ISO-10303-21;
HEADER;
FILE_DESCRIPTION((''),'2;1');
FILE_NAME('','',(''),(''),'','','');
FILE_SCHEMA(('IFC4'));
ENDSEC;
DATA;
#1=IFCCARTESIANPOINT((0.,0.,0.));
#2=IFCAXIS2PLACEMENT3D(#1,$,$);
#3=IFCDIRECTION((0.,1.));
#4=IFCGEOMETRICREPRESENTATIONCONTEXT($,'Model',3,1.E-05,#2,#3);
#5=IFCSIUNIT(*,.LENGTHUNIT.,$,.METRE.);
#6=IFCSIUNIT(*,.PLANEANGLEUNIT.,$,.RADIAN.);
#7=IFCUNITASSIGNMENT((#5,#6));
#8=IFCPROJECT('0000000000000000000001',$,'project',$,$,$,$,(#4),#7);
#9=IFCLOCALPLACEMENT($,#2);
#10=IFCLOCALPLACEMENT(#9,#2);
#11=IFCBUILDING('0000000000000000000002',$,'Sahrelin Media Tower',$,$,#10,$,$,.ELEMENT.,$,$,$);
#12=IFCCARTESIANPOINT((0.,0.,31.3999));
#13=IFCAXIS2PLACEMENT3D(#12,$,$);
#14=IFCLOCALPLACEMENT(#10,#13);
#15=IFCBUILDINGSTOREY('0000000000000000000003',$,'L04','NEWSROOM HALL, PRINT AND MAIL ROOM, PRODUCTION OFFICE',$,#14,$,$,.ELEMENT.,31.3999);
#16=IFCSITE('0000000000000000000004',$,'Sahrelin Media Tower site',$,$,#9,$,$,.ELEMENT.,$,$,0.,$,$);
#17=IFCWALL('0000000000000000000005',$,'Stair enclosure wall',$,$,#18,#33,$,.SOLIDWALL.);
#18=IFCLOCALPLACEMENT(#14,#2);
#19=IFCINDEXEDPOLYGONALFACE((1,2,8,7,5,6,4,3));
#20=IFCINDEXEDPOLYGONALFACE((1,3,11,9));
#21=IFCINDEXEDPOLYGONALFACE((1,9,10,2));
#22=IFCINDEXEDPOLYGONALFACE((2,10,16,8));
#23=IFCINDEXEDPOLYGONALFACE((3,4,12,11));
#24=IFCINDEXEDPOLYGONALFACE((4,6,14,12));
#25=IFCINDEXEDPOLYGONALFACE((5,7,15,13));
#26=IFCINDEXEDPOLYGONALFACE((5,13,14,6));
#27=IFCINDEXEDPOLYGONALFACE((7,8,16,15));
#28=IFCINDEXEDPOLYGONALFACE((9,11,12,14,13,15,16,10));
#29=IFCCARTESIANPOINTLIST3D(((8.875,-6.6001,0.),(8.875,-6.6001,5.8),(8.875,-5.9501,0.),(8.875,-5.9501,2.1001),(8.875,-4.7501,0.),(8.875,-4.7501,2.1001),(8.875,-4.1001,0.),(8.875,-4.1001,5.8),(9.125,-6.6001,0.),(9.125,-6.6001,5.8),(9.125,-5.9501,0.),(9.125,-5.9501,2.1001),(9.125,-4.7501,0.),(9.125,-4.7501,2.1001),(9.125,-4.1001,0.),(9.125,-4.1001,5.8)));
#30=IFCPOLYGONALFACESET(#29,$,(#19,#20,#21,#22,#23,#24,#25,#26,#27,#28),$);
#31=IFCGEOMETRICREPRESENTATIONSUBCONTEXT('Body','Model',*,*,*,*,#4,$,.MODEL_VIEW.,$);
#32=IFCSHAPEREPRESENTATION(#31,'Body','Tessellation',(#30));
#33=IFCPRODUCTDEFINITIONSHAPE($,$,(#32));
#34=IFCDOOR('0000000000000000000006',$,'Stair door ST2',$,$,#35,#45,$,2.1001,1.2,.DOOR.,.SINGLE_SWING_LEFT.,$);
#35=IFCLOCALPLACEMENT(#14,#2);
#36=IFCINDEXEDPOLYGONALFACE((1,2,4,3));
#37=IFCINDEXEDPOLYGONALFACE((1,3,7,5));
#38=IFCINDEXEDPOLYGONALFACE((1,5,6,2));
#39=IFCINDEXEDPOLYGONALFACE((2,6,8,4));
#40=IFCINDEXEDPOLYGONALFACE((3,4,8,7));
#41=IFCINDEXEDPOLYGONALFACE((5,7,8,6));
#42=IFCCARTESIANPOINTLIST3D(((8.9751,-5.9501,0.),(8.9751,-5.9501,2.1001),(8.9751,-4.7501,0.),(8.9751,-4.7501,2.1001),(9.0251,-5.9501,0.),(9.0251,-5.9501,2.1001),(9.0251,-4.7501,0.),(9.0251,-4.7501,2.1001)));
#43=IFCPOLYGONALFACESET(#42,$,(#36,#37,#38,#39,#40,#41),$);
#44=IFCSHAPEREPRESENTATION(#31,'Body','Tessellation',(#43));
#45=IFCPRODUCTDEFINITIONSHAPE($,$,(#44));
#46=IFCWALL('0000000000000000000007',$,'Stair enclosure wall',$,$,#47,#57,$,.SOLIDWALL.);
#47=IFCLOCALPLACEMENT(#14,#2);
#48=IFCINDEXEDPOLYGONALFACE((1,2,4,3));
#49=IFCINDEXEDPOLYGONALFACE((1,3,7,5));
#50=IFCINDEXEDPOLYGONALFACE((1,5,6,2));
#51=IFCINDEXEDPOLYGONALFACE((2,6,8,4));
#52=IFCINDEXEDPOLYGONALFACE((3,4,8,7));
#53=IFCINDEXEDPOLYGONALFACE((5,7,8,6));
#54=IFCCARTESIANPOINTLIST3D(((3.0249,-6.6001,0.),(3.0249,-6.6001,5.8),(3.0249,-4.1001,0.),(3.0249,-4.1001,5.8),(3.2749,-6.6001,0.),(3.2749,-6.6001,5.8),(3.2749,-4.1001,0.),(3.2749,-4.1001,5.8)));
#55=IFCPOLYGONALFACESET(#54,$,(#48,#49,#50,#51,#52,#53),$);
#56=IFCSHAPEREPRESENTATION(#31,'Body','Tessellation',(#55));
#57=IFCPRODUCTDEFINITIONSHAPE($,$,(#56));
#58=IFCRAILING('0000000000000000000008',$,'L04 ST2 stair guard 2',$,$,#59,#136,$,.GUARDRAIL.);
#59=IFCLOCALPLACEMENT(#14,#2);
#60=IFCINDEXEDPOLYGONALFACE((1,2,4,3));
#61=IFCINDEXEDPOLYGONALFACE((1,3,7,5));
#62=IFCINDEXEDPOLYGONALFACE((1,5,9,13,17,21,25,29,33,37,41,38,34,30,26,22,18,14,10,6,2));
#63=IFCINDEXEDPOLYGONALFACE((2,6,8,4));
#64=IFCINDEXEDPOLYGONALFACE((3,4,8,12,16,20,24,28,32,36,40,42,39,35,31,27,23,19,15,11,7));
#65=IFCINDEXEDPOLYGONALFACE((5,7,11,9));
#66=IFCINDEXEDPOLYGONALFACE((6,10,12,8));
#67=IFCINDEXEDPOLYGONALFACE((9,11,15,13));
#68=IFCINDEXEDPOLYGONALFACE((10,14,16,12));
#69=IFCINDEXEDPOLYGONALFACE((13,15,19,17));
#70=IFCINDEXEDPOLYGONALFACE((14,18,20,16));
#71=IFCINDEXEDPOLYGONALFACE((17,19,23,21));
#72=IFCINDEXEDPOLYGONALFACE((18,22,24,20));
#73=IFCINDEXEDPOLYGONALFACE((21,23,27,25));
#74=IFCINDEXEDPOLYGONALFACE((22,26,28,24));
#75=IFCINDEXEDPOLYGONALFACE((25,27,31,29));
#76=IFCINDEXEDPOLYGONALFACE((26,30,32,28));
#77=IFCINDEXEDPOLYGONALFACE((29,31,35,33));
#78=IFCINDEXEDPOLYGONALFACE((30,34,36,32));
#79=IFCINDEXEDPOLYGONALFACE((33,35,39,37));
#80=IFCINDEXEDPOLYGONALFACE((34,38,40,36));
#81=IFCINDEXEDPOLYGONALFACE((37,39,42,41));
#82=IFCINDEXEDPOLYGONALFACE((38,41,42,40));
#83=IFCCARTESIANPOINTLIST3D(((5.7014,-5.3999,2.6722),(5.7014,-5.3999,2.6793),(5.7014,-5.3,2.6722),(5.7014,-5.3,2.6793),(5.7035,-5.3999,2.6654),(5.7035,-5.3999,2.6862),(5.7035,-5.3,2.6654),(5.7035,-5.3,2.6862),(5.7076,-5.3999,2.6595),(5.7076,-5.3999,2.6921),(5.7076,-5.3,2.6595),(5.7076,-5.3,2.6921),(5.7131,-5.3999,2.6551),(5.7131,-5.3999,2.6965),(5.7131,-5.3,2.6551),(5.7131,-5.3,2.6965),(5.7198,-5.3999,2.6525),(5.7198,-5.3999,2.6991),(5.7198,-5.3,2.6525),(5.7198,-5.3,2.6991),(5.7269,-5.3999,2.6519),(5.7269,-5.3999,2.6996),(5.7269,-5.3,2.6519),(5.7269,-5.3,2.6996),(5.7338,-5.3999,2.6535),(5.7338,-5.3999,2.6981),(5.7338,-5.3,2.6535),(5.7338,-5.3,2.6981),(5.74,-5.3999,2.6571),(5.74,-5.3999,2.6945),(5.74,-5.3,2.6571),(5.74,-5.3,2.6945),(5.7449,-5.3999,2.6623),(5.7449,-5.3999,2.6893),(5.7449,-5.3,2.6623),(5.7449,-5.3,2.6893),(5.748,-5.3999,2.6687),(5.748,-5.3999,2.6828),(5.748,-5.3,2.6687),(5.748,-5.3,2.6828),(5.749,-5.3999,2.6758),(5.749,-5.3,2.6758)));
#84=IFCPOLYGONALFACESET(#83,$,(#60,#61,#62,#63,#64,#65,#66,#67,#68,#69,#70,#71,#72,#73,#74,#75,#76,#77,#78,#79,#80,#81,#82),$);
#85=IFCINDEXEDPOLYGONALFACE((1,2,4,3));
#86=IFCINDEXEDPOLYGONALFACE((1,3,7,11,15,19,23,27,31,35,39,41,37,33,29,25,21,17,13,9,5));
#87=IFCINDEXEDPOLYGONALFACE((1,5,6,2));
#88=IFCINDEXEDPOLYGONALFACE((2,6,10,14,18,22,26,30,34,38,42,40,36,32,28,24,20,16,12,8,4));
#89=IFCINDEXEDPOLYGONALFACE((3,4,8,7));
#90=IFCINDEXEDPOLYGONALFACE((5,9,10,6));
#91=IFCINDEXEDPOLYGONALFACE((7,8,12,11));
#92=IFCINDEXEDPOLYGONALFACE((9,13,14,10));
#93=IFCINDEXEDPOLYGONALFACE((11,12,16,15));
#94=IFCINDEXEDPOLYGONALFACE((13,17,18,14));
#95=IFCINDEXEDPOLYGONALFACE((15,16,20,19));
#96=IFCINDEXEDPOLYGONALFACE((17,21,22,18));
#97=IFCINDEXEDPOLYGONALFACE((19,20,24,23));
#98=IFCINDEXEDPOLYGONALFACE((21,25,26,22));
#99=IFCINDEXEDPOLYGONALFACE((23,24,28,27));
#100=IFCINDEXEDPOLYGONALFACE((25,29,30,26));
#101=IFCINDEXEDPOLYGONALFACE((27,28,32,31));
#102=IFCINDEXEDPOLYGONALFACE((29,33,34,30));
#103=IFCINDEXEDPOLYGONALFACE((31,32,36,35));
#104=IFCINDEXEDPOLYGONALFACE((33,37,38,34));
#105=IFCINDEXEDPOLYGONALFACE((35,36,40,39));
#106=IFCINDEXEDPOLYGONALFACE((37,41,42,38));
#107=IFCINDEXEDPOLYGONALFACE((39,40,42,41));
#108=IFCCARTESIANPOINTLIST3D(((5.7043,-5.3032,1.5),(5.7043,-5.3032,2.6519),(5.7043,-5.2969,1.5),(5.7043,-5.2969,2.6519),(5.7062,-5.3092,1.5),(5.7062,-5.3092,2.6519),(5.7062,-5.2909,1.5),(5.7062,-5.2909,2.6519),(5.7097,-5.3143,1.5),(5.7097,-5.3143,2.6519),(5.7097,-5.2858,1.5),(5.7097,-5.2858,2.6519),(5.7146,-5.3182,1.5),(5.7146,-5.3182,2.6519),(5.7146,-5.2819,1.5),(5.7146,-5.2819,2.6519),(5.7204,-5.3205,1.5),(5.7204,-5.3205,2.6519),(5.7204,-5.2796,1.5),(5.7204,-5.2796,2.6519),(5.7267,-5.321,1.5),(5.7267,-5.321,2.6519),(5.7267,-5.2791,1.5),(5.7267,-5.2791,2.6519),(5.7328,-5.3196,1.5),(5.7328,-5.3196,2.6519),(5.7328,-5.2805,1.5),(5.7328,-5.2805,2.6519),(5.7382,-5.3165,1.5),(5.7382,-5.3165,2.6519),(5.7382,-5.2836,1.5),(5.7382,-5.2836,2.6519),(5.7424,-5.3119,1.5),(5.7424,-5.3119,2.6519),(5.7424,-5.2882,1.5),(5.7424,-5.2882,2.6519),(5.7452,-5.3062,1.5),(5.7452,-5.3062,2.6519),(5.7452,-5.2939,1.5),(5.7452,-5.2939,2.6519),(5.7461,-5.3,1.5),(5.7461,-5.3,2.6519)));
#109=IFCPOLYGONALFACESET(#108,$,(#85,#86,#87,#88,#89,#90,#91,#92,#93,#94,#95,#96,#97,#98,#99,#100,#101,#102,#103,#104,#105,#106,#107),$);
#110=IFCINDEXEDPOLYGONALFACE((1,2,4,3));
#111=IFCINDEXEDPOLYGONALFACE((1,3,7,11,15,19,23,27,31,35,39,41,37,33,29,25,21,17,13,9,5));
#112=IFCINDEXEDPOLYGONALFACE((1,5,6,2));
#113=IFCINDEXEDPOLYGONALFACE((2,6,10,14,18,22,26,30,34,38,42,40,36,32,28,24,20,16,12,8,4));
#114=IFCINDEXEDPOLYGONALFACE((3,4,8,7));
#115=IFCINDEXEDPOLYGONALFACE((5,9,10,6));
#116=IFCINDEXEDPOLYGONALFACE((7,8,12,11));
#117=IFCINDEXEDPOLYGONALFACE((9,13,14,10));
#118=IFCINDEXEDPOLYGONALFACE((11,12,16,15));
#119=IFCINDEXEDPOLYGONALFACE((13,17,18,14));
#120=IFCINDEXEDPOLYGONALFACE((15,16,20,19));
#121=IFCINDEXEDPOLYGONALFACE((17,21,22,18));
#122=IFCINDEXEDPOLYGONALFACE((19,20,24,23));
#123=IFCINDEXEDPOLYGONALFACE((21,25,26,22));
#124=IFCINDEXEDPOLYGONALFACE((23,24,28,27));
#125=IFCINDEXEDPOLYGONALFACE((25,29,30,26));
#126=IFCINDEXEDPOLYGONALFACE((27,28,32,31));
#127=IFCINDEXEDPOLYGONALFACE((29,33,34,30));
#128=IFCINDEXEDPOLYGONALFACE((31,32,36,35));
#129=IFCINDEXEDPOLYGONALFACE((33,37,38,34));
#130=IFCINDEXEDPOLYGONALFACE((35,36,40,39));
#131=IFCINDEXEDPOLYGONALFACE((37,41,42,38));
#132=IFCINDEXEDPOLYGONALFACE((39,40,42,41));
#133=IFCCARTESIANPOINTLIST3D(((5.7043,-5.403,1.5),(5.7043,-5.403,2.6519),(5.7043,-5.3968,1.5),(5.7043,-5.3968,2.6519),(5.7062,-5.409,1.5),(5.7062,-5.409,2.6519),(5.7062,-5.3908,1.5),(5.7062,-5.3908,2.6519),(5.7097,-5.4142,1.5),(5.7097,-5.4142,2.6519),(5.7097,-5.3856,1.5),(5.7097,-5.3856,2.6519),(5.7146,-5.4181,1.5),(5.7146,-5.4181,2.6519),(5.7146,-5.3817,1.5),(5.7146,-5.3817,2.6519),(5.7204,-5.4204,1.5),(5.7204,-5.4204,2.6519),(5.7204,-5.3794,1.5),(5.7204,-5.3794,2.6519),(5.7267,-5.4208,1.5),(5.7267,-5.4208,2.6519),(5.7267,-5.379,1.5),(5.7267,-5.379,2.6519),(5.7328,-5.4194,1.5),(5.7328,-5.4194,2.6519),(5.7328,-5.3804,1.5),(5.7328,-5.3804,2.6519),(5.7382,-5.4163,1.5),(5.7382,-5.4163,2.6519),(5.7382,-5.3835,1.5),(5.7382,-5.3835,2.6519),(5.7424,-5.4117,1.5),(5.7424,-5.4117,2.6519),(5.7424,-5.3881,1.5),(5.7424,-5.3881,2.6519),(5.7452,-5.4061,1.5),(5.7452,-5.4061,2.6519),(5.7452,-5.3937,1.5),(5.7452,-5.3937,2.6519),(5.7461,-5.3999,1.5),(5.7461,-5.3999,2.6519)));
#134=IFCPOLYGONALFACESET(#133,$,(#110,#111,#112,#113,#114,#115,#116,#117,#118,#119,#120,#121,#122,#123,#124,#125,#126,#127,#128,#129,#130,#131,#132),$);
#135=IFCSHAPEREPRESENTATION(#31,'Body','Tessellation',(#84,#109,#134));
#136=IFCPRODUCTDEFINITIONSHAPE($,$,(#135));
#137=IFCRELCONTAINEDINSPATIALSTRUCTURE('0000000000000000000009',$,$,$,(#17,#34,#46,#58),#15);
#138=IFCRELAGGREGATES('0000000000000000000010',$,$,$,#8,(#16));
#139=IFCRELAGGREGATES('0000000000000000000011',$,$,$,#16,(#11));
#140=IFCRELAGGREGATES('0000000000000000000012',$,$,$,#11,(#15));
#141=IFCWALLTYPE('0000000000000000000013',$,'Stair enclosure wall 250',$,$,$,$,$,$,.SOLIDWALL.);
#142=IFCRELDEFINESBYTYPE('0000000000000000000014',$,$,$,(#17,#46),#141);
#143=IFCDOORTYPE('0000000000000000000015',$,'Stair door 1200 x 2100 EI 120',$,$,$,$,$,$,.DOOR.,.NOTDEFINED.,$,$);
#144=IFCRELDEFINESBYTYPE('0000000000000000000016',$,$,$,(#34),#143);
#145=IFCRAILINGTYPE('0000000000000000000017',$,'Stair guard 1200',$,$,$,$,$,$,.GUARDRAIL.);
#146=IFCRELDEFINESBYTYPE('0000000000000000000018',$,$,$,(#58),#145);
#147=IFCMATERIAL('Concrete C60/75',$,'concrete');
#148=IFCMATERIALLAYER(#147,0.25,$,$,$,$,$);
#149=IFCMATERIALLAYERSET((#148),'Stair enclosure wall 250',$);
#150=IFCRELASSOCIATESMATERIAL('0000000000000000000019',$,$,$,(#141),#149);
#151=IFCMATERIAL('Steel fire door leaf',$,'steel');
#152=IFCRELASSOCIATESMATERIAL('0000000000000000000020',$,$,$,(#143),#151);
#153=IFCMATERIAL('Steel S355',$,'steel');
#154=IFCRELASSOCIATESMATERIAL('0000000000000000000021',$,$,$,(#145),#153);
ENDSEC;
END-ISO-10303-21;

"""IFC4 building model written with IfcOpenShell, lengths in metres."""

from ifc_helpers import new_model, si_unit, direction, frame, frame_2d, origin, origin_2d, place, context, subcontext, project, spatial, rectangle, circle, extrude, material, layer, layer_set, type_object, element, fill, save


model = new_model("IFC4")

# Units and contexts
model_context = context("Model", 3, precision=1e-05, world=origin(), true_north=direction((0.0, 1.0)))
body_context = subcontext(model_context, "Body", "Model", "MODEL_VIEW")
ifc_project = project(units=[si_unit("LENGTHUNIT", "METRE"), si_unit("PLANEANGLEUNIT", "RADIAN")], contexts=[model_context])

# Site, building, storey
site_placement = place(None, origin())
site = spatial("IfcSite", under=ifc_project, at=site_placement, Name="Sahrelin Media Tower site", CompositionType="ELEMENT", RefElevation=0.0)
building_placement = place(site_placement, origin())
building = spatial("IfcBuilding", under=site, at=building_placement, Name="Sahrelin Media Tower", CompositionType="ELEMENT")
storey_placement = place(building_placement, frame((0.0, 0.0, 31.3999)))
storey = spatial("IfcBuildingStorey", under=building, at=storey_placement, Name="L04", Description="NEWSROOM HALL, PRINT AND MAIL ROOM, PRODUCTION OFFICE", CompositionType="ELEMENT", Elevation=31.3999)

# Shared definitions
ifc_material_1 = material(Name="Steel S355", Category="steel")

# Shared definitions
ifc_material_2 = material(Name="Concrete C60/75", Category="concrete")

# Shared definitions
ifc_material_3 = material(Name="Steel fire door leaf", Category="steel")

# Wall, opening, door
ifc_layer_1 = layer(ifc_material_2, 0.25)
ifc_layer_set_1 = layer_set([ifc_layer_1], Name="Stair enclosure wall 250")
wall_type_1 = type_object("IfcWallType", Name="Stair enclosure wall 250", PredefinedType="SOLIDWALL", material=ifc_layer_set_1)
wall_1_placement = place(storey_placement, frame((9.0, -6.6001, 0.0), z_axis=(0.0, 0.0, 1.0), x_axis=(0.0, 1.0, 0.0)))
wall_1 = element("IfcWall", 1, at=wall_1_placement, inside=storey, type_object=wall_type_1, Name="Stair enclosure wall", PredefinedType="SOLIDWALL", context=body_context, shape_type="SweptSolid", body=[
    extrude(rectangle(XDim=2.5, YDim=0.25, at=frame_2d((1.25, 0.0))), origin(), (0.0, 0.0, 1.0), 5.8),
])
opening_1_placement = place(wall_1_placement, frame((0.6499, 0.0, 0.0)))
opening_1 = element("IfcOpeningElement", 2, at=opening_1_placement, cuts=wall_1, PredefinedType="OPENING", context=body_context, shape_type="SweptSolid", body=[
    extrude(rectangle(XDim=1.2, YDim=2.1001, at=frame_2d((0.6001, 1.05))), frame((0.0, 0.125, 0.0), z_axis=(0.0, -1.0, 0.0), x_axis=(1.0, 0.0, 0.0)), (0.0, 0.0, 1.0), 0.25),
])
door_type_1 = type_object("IfcDoorType", Name="Stair door 1200 x 2100 EI 120", OperationType="NOTDEFINED", PredefinedType="DOOR", material=ifc_material_3)
door_1_placement = place(opening_1_placement, origin())
door_1 = element("IfcDoor", 3, at=door_1_placement, inside=storey, type_object=door_type_1, Name="Stair door ST2", OperationType="SINGLE_SWING_LEFT", OverallHeight=2.1001, OverallWidth=1.2, PredefinedType="DOOR", context=body_context, shape_type="SweptSolid", body=[
    extrude(rectangle(XDim=1.2, YDim=2.1001, at=frame_2d((0.6001, 1.05))), frame((0.0, 0.0249, 0.0), z_axis=(0.0, -1.0, 0.0), x_axis=(1.0, 0.0, 0.0)), (0.0, 0.0, 1.0), 0.05),
])
fill(opening_1, door_1)

# Wall
wall_2_placement = place(storey_placement, frame((3.1499, -6.6001, 0.0), z_axis=(0.0, 0.0, 1.0), x_axis=(0.0, 1.0, 0.0)))
element("IfcWall", 4, at=wall_2_placement, inside=storey, type_object=wall_type_1, Name="Stair enclosure wall", PredefinedType="SOLIDWALL", context=body_context, shape_type="SweptSolid", body=[
    extrude(rectangle(XDim=2.5, YDim=0.25, at=frame_2d((1.25, 0.0))), origin(), (0.0, 0.0, 1.0), 5.8),
])

# Railing
railing_type_1 = type_object("IfcRailingType", Name="Stair guard 1200", PredefinedType="GUARDRAIL", material=ifc_material_1)
railing_1_placement = place(storey_placement, frame((5.7251, -5.3, 1.5)))
element("IfcRailing", 5, at=railing_1_placement, inside=storey, type_object=railing_type_1, Name="L04 ST2 stair guard 2", PredefinedType="GUARDRAIL", context=body_context, shape_type="SweptSolid", body=[
    extrude(circle(Radius=0.0239, at=origin_2d()), frame((0.0, 0.0, 1.1758), z_axis=(0.0, -1.0, 0.0), x_axis=(1.0, 0.0, 0.0)), (0.0, 0.0, 1.0), 0.0999),
    extrude(circle(Radius=0.021, at=origin_2d()), origin(), (0.0, 0.0, 1.0), 1.1519),
    extrude(circle(Radius=0.021, at=origin_2d()), frame((0.0, -0.0999, 0.0)), (0.0, 0.0, 1.0), 1.1519),
])

save(model, "model.ifc")
